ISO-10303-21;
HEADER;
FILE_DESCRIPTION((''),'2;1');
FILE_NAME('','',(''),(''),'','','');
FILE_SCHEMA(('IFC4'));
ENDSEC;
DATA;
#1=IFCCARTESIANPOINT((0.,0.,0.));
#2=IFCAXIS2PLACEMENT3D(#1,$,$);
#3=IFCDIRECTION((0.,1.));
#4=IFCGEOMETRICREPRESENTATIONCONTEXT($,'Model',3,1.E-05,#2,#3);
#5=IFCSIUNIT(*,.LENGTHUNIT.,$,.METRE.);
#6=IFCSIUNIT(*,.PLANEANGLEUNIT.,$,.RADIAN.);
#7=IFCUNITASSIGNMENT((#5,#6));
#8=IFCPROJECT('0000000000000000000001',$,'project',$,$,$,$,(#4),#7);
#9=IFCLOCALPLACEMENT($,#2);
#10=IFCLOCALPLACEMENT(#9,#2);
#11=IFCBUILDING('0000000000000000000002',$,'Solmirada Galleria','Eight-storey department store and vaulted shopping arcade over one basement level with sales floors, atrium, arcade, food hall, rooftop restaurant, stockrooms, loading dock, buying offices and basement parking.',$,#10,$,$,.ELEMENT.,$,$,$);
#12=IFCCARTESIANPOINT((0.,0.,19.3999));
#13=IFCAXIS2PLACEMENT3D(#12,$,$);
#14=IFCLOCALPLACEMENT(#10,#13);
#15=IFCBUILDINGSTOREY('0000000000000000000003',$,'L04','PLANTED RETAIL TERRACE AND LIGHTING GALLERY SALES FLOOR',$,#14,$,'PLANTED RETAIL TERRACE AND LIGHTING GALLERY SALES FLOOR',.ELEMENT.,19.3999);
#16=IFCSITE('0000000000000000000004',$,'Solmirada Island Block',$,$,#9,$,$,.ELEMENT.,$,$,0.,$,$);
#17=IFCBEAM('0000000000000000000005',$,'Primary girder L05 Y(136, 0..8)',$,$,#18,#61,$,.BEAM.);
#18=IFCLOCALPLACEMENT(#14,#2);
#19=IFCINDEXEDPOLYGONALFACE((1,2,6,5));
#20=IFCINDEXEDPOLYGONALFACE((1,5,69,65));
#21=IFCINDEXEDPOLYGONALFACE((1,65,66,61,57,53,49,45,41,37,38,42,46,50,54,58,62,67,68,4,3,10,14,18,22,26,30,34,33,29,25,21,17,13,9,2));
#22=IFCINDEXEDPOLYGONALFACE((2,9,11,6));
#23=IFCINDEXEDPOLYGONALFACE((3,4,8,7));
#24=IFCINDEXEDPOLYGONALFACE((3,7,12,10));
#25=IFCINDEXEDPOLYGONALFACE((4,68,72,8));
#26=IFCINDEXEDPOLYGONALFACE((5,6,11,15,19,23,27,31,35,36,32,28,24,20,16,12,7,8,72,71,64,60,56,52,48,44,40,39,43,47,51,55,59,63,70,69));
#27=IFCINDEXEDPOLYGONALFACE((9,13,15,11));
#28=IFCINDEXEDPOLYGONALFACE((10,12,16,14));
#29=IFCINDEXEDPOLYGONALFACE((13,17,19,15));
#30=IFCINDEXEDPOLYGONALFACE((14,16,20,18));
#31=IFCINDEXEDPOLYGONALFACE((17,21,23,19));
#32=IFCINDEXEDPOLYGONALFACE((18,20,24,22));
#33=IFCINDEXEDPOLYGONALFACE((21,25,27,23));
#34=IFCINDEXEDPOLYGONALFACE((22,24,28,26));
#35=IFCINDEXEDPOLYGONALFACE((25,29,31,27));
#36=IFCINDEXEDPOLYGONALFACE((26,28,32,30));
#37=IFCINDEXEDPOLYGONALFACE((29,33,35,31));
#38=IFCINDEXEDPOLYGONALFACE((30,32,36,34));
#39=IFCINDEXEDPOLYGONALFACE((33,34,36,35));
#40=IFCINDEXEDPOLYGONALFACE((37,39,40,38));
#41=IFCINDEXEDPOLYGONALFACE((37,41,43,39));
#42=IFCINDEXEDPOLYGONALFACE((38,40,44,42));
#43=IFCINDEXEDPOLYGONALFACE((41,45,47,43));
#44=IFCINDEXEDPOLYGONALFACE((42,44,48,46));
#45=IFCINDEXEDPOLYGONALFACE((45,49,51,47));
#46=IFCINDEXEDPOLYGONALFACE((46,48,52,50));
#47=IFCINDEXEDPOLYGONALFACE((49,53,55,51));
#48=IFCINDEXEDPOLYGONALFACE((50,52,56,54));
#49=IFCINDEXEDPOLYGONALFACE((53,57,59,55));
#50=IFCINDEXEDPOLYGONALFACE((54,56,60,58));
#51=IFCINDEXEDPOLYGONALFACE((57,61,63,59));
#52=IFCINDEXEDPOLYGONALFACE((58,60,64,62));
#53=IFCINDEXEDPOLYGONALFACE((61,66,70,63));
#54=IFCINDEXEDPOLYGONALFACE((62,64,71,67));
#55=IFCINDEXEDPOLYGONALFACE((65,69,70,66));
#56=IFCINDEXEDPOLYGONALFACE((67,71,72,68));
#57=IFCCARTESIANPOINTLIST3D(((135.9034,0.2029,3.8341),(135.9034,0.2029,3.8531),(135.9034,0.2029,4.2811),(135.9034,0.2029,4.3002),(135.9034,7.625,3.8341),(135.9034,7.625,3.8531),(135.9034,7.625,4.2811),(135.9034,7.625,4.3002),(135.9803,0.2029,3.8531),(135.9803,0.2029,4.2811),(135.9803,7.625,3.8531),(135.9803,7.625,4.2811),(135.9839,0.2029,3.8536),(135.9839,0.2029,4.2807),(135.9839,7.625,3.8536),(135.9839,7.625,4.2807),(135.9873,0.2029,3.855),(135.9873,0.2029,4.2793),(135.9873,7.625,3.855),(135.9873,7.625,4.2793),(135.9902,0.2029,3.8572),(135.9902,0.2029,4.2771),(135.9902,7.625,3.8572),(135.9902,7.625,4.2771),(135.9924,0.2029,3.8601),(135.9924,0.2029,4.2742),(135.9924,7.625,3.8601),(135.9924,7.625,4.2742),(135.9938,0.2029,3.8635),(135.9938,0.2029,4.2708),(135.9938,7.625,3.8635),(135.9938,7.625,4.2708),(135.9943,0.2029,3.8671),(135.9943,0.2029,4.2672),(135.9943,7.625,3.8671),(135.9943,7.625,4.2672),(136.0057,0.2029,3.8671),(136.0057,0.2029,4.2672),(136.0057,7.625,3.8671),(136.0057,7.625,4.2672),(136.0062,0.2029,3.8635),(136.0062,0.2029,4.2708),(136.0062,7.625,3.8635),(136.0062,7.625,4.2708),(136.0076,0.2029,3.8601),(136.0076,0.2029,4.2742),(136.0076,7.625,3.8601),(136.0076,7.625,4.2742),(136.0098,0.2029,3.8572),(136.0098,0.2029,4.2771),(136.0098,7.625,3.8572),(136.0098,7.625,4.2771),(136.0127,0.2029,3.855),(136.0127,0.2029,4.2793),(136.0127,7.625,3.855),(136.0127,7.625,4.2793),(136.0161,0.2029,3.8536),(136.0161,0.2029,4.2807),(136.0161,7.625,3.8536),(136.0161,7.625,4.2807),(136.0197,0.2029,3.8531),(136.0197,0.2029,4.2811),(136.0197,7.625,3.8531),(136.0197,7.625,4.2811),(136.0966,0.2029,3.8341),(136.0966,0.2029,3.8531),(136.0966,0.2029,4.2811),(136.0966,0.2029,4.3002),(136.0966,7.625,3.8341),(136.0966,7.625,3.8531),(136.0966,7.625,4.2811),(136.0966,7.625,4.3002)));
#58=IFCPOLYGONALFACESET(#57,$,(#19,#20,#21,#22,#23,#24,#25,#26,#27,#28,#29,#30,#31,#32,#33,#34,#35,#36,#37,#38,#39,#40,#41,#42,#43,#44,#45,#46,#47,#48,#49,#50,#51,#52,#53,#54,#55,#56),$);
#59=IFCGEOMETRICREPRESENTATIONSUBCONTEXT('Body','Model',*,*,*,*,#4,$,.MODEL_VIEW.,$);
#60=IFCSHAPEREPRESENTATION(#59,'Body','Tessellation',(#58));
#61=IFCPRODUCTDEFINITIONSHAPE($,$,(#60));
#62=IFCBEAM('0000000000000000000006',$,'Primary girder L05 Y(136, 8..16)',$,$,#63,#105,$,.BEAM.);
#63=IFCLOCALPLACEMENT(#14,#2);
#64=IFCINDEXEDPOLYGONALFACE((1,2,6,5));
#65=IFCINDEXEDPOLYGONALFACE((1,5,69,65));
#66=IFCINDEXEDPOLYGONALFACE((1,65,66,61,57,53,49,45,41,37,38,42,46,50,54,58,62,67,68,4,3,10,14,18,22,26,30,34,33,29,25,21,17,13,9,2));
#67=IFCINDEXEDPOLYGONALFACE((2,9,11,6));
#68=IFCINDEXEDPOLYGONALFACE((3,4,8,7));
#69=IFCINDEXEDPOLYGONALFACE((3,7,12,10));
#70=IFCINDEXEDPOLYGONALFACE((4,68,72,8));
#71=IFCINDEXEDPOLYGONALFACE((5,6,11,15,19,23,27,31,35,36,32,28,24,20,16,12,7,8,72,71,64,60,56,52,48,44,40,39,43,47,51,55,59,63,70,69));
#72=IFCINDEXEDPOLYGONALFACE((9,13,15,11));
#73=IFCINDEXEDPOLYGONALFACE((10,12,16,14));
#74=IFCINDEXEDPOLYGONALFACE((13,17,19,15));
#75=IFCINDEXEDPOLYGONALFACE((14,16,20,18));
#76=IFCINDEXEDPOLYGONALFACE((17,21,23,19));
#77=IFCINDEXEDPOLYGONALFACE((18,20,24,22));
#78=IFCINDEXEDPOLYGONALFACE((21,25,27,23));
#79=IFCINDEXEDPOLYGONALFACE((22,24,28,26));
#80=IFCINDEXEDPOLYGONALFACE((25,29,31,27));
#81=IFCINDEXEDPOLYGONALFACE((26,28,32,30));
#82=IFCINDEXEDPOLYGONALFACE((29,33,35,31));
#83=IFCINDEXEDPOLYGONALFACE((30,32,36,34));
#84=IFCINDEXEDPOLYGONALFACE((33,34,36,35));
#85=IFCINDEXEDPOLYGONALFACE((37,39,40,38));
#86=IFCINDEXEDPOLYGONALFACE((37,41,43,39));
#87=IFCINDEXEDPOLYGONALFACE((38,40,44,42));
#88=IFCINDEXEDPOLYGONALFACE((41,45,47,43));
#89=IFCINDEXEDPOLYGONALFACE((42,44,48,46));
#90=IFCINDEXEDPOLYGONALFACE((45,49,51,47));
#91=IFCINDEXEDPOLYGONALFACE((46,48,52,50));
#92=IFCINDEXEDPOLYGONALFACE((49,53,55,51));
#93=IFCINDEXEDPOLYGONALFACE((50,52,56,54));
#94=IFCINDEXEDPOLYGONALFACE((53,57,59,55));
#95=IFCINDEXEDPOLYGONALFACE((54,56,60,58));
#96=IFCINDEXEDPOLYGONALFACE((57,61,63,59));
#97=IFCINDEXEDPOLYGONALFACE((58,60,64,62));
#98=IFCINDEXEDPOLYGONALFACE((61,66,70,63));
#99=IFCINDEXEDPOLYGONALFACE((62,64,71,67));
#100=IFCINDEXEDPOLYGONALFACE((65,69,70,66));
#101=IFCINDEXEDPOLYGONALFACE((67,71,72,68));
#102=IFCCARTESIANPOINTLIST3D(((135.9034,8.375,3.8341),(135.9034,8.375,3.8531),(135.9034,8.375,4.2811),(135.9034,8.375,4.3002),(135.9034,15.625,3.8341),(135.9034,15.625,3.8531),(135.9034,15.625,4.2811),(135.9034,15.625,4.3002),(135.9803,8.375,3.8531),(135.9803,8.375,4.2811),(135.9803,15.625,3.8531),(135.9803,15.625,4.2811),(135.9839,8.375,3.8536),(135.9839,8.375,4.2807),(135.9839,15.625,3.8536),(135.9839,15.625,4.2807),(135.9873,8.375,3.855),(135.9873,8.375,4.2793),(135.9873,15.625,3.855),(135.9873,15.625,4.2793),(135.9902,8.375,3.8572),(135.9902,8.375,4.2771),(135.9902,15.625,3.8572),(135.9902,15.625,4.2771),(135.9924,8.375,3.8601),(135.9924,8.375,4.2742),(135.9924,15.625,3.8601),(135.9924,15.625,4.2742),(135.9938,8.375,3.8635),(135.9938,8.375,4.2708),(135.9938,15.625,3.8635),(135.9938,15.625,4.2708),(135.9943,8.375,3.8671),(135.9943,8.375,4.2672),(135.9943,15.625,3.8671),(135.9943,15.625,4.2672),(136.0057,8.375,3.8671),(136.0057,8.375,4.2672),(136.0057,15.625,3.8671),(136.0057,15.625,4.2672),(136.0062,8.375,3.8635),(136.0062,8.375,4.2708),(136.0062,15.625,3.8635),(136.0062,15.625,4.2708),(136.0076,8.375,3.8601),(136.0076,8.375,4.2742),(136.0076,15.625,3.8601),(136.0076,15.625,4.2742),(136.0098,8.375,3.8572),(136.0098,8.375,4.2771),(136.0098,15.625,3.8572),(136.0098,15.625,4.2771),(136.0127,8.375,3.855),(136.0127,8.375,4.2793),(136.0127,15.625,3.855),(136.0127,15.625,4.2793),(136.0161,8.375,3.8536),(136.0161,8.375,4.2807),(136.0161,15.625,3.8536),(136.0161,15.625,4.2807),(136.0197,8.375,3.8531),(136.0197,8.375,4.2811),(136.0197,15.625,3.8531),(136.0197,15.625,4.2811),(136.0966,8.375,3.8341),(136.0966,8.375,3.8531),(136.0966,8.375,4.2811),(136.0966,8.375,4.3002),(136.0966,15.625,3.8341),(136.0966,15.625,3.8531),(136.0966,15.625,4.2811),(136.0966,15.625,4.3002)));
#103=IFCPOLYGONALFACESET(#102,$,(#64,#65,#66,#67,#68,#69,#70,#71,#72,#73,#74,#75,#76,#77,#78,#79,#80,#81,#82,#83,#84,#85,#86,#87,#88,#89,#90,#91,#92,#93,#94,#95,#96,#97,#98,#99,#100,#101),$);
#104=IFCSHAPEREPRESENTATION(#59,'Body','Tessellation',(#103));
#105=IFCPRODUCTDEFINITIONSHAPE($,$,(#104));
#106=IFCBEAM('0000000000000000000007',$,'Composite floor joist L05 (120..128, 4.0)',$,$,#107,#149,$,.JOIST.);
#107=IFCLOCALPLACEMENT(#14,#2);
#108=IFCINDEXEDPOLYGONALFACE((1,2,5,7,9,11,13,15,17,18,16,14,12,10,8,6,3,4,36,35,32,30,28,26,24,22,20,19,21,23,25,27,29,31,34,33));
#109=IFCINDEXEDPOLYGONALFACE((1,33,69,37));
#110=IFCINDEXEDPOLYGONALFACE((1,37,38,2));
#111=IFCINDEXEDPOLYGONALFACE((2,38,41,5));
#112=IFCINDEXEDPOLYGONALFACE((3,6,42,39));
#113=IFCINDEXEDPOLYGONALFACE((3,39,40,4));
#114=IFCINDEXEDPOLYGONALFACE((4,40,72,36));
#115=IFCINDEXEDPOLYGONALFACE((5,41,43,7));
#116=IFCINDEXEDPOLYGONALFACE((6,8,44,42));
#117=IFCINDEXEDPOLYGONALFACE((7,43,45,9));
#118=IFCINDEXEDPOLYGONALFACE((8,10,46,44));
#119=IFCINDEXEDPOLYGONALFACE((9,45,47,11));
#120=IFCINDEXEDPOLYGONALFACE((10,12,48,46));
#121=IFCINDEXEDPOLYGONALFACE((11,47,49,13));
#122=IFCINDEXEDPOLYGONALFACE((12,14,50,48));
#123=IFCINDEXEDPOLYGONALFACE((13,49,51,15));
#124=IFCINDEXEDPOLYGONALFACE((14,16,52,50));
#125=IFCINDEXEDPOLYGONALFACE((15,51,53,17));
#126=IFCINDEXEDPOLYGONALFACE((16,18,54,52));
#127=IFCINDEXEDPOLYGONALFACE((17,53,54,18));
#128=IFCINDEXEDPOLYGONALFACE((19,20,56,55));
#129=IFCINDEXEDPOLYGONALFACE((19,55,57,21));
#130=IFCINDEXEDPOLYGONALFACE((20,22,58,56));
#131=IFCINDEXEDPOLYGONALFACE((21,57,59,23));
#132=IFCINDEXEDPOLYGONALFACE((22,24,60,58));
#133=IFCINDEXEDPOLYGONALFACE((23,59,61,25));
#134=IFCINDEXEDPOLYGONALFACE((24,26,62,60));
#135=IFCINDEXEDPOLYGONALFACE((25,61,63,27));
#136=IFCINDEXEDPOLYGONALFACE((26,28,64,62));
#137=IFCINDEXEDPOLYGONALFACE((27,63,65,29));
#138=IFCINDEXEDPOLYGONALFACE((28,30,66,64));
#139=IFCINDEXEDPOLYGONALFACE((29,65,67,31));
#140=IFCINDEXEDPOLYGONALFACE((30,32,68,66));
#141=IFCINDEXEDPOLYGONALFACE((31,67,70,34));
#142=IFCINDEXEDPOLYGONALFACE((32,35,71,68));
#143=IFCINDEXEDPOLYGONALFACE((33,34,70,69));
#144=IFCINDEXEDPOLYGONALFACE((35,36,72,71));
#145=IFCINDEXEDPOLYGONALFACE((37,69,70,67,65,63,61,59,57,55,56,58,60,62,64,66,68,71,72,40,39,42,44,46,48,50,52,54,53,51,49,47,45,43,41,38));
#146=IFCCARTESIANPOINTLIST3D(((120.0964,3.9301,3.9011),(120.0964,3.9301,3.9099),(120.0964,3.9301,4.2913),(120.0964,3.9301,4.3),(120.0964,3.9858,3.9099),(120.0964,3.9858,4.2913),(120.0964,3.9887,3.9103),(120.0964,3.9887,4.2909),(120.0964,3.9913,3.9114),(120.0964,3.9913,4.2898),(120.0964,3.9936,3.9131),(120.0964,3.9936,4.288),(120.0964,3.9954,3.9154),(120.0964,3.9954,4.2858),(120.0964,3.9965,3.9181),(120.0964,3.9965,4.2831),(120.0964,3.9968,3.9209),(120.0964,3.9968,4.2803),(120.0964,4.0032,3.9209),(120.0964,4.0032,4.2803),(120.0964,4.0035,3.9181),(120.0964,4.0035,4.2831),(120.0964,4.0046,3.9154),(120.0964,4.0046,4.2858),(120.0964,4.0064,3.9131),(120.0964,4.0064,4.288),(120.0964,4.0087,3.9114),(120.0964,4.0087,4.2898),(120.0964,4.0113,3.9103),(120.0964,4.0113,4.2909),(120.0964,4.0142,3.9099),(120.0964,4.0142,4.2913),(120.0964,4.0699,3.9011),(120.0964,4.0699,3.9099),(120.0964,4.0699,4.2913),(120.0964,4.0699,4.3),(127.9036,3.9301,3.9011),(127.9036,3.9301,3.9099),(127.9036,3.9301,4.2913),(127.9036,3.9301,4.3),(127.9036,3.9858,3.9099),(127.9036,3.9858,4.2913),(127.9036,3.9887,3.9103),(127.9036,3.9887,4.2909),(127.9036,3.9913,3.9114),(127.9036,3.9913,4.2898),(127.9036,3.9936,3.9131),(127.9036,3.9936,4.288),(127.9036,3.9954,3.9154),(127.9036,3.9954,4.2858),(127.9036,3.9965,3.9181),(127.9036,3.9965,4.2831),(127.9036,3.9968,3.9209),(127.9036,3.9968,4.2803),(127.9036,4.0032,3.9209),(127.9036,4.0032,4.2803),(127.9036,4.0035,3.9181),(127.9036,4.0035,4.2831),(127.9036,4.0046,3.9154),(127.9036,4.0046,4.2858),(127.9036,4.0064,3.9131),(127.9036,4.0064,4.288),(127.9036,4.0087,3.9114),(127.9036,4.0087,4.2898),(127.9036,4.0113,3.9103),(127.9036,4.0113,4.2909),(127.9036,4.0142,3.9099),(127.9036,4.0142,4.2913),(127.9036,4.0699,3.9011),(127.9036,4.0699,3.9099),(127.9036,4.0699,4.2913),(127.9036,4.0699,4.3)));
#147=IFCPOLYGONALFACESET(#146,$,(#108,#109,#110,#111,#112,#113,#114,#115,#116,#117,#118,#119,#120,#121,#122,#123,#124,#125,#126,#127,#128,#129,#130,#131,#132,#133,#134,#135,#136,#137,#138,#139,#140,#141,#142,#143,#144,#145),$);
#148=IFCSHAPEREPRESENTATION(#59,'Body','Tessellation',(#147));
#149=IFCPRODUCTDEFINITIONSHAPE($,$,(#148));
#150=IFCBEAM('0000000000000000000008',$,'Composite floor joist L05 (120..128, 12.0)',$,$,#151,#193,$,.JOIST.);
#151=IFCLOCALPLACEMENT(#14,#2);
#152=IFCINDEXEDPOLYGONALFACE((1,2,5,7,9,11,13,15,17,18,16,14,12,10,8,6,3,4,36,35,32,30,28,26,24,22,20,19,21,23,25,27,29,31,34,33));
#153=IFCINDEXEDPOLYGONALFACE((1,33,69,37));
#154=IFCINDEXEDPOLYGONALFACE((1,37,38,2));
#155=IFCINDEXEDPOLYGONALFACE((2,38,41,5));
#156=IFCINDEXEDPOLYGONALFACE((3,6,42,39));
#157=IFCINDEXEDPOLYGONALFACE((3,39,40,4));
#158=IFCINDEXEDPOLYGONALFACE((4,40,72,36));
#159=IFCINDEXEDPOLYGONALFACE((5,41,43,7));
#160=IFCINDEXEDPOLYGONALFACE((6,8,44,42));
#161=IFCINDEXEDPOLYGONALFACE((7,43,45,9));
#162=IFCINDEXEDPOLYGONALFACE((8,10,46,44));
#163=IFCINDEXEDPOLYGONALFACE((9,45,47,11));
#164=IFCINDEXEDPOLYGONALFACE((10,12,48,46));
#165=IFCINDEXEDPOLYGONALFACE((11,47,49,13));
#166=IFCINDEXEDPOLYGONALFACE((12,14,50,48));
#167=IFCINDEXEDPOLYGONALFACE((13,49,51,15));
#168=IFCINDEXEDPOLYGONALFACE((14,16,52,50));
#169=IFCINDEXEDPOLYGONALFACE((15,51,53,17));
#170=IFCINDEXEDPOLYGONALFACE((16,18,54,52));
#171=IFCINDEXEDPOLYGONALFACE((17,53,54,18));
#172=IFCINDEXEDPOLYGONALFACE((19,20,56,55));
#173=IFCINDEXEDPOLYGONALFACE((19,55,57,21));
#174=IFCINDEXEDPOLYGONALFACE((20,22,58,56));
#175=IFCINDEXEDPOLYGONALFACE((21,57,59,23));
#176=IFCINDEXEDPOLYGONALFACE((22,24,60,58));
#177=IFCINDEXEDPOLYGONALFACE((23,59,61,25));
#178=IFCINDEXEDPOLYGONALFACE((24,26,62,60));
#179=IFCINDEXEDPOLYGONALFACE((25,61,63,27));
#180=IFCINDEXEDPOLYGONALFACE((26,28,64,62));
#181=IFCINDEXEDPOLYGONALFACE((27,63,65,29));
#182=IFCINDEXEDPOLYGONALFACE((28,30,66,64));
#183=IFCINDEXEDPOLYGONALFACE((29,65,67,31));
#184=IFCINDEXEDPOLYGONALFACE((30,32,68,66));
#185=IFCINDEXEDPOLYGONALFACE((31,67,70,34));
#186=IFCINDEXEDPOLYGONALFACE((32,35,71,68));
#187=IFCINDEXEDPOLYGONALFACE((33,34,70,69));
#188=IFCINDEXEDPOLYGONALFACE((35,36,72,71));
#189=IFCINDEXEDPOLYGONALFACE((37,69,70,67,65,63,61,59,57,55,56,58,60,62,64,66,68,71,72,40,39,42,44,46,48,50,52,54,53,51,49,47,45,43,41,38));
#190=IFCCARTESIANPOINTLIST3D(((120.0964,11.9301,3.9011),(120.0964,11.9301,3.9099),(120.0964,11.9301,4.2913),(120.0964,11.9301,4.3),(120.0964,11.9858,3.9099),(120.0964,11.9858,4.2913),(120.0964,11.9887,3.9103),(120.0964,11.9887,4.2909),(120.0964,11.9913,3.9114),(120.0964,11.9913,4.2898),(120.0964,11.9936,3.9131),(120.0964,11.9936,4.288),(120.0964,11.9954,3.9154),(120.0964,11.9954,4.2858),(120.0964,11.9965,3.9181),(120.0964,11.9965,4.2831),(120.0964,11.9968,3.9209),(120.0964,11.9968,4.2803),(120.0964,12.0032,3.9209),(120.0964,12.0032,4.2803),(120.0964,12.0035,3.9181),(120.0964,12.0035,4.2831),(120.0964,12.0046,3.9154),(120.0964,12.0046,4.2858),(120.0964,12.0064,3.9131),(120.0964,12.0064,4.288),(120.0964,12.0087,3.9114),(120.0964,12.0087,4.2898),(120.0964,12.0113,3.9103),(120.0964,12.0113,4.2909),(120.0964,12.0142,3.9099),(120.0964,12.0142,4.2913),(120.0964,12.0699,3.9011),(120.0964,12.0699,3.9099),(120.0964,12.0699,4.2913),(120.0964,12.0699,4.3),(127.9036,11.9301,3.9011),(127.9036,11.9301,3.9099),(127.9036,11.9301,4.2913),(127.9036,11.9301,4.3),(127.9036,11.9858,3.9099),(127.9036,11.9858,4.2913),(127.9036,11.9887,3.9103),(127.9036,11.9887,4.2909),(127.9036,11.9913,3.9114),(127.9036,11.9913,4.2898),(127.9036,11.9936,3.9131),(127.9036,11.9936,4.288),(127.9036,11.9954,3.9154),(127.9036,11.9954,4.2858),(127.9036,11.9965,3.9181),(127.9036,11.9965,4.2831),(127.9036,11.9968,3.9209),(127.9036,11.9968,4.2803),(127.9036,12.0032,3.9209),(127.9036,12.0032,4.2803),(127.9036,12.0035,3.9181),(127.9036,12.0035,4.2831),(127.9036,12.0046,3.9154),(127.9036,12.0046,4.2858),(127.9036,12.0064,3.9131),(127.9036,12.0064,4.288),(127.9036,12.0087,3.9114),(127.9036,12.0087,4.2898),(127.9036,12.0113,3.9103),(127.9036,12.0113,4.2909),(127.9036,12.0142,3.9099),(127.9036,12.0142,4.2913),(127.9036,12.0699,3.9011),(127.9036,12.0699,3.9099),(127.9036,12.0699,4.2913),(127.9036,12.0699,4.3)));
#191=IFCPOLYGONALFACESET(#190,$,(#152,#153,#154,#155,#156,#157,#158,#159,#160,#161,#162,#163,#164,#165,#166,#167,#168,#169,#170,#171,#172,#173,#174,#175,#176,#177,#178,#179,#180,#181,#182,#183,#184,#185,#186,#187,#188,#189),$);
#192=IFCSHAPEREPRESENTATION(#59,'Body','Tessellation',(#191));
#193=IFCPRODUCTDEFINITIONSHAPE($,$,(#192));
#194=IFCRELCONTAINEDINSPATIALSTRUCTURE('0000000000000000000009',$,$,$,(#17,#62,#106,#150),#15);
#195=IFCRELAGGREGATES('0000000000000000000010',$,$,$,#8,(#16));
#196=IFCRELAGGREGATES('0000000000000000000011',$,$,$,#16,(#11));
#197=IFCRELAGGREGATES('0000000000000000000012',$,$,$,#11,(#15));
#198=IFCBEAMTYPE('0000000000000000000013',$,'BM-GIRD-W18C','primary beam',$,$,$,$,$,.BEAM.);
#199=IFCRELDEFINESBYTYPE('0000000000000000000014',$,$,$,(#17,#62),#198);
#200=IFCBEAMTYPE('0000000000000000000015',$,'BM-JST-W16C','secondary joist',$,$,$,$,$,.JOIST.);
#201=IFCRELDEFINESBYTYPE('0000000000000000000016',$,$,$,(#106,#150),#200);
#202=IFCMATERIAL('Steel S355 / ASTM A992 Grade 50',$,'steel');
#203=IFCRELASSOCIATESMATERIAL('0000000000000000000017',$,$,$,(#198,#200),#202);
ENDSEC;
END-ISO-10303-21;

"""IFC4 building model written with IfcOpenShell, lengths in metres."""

from ifc_helpers import new_model, si_unit, direction, frame, origin, origin_2d, place, context, subcontext, project, spatial, i_section, extrude, material, material_profile, profile_set, type_object, element, save


model = new_model("IFC4")

# Units and contexts
model_context = context("Model", 3, precision=1e-05, world=origin(), true_north=direction((0.0, 1.0)))
body_context = subcontext(model_context, "Body", "Model", "MODEL_VIEW")
ifc_project = project(units=[si_unit("LENGTHUNIT", "METRE"), si_unit("PLANEANGLEUNIT", "RADIAN")], contexts=[model_context])

# Site, building, storey
site_placement = place(None, origin())
site = spatial("IfcSite", under=ifc_project, at=site_placement, Name="Solmirada Island Block", CompositionType="ELEMENT", RefElevation=0.0)
building_placement = place(site_placement, origin())
building = spatial("IfcBuilding", under=site, at=building_placement, Name="Solmirada Galleria", Description="Eight-storey department store and vaulted shopping arcade over one basement level with sales floors, atrium, arcade, food hall, rooftop restaurant, stockrooms, loading dock, buying offices and basement parking.", CompositionType="ELEMENT")
storey_placement = place(building_placement, frame((0.0, 0.0, 19.3999)))
storey = spatial("IfcBuildingStorey", under=building, at=storey_placement, Name="L04", Description="PLANTED RETAIL TERRACE AND LIGHTING GALLERY SALES FLOOR", LongName="PLANTED RETAIL TERRACE AND LIGHTING GALLERY SALES FLOOR", CompositionType="ELEMENT", Elevation=19.3999)

# Beams
ifc_material_1 = material(Name="Steel S355 / ASTM A992 Grade 50", Category="steel")
ifc_material_profile_1 = material_profile(ifc_material_1, i_section(OverallWidth=0.1931, OverallDepth=0.4661, WebThickness=0.0115, FlangeThickness=0.019, FilletRadius=0.0139, at=origin_2d()), Name="W18X65")
ifc_profile_set_1 = profile_set([ifc_material_profile_1], Name="Steel S355 / ASTM A992 Grade 50")
beam_type_1 = type_object("IfcBeamType", Name="BM-GIRD-W18C", Description="primary beam", PredefinedType="BEAM", material=ifc_profile_set_1)
beam_1_placement = place(storey_placement, frame((136.0, 0.2029, 4.0671), z_axis=(0.0, 1.0, 0.0), x_axis=(-1.0, 0.0, 0.0)))
element("IfcBeam", 1, at=beam_1_placement, inside=storey, type_object=beam_type_1, Name="Primary girder L05 Y(136, 0..8)", PredefinedType="BEAM", context=body_context, shape_type="SweptSolid", body=[
    extrude(i_section(OverallWidth=0.1931, OverallDepth=0.4661, WebThickness=0.0115, FlangeThickness=0.019, FilletRadius=0.0139, at=origin_2d()), origin(), (0.0, 0.0, 1.0), 7.4221),
])
beam_2_placement = place(storey_placement, frame((136.0, 8.375, 4.0671), z_axis=(0.0, 1.0, 0.0), x_axis=(-1.0, 0.0, 0.0)))
element("IfcBeam", 2, at=beam_2_placement, inside=storey, type_object=beam_type_1, Name="Primary girder L05 Y(136, 8..16)", PredefinedType="BEAM", context=body_context, shape_type="SweptSolid", body=[
    extrude(i_section(OverallWidth=0.1931, OverallDepth=0.4661, WebThickness=0.0115, FlangeThickness=0.019, FilletRadius=0.0139, at=origin_2d()), origin(), (0.0, 0.0, 1.0), 7.25),
])
ifc_material_profile_2 = material_profile(ifc_material_1, i_section(OverallWidth=0.1399, OverallDepth=0.3989, WebThickness=0.0063, FlangeThickness=0.0088, FilletRadius=0.011, at=origin_2d()), Name="W16X26")
ifc_profile_set_2 = profile_set([ifc_material_profile_2], Name="Steel S355 / ASTM A992 Grade 50")
beam_type_2 = type_object("IfcBeamType", Name="BM-JST-W16C", Description="secondary joist", PredefinedType="JOIST", material=ifc_profile_set_2)
for number, where, z_axis, x_axis, name in (
    (3, (120.0964, 4.0, 4.1006), (1.0, 0.0, 0.0), (0.0, 1.0, 0.0), "Composite floor joist L05 (120..128, 4.0)"),
    (4, (120.0964, 12.0, 4.1006), (1.0, 0.0, 0.0), (0.0, 1.0, 0.0), "Composite floor joist L05 (120..128, 12.0)"),
):
    element("IfcBeam", number, at=place(storey_placement, frame(where, z_axis=z_axis, x_axis=x_axis)), inside=storey, type_object=beam_type_2, Name=name, PredefinedType="JOIST", context=body_context, shape_type="SweptSolid", body=[
        extrude(i_section(OverallWidth=0.1399, OverallDepth=0.3989, WebThickness=0.0063, FlangeThickness=0.0088, FilletRadius=0.011, at=origin_2d()), origin(), (0.0, 0.0, 1.0), 7.8071),
    ])

save(model, "model.ifc")
